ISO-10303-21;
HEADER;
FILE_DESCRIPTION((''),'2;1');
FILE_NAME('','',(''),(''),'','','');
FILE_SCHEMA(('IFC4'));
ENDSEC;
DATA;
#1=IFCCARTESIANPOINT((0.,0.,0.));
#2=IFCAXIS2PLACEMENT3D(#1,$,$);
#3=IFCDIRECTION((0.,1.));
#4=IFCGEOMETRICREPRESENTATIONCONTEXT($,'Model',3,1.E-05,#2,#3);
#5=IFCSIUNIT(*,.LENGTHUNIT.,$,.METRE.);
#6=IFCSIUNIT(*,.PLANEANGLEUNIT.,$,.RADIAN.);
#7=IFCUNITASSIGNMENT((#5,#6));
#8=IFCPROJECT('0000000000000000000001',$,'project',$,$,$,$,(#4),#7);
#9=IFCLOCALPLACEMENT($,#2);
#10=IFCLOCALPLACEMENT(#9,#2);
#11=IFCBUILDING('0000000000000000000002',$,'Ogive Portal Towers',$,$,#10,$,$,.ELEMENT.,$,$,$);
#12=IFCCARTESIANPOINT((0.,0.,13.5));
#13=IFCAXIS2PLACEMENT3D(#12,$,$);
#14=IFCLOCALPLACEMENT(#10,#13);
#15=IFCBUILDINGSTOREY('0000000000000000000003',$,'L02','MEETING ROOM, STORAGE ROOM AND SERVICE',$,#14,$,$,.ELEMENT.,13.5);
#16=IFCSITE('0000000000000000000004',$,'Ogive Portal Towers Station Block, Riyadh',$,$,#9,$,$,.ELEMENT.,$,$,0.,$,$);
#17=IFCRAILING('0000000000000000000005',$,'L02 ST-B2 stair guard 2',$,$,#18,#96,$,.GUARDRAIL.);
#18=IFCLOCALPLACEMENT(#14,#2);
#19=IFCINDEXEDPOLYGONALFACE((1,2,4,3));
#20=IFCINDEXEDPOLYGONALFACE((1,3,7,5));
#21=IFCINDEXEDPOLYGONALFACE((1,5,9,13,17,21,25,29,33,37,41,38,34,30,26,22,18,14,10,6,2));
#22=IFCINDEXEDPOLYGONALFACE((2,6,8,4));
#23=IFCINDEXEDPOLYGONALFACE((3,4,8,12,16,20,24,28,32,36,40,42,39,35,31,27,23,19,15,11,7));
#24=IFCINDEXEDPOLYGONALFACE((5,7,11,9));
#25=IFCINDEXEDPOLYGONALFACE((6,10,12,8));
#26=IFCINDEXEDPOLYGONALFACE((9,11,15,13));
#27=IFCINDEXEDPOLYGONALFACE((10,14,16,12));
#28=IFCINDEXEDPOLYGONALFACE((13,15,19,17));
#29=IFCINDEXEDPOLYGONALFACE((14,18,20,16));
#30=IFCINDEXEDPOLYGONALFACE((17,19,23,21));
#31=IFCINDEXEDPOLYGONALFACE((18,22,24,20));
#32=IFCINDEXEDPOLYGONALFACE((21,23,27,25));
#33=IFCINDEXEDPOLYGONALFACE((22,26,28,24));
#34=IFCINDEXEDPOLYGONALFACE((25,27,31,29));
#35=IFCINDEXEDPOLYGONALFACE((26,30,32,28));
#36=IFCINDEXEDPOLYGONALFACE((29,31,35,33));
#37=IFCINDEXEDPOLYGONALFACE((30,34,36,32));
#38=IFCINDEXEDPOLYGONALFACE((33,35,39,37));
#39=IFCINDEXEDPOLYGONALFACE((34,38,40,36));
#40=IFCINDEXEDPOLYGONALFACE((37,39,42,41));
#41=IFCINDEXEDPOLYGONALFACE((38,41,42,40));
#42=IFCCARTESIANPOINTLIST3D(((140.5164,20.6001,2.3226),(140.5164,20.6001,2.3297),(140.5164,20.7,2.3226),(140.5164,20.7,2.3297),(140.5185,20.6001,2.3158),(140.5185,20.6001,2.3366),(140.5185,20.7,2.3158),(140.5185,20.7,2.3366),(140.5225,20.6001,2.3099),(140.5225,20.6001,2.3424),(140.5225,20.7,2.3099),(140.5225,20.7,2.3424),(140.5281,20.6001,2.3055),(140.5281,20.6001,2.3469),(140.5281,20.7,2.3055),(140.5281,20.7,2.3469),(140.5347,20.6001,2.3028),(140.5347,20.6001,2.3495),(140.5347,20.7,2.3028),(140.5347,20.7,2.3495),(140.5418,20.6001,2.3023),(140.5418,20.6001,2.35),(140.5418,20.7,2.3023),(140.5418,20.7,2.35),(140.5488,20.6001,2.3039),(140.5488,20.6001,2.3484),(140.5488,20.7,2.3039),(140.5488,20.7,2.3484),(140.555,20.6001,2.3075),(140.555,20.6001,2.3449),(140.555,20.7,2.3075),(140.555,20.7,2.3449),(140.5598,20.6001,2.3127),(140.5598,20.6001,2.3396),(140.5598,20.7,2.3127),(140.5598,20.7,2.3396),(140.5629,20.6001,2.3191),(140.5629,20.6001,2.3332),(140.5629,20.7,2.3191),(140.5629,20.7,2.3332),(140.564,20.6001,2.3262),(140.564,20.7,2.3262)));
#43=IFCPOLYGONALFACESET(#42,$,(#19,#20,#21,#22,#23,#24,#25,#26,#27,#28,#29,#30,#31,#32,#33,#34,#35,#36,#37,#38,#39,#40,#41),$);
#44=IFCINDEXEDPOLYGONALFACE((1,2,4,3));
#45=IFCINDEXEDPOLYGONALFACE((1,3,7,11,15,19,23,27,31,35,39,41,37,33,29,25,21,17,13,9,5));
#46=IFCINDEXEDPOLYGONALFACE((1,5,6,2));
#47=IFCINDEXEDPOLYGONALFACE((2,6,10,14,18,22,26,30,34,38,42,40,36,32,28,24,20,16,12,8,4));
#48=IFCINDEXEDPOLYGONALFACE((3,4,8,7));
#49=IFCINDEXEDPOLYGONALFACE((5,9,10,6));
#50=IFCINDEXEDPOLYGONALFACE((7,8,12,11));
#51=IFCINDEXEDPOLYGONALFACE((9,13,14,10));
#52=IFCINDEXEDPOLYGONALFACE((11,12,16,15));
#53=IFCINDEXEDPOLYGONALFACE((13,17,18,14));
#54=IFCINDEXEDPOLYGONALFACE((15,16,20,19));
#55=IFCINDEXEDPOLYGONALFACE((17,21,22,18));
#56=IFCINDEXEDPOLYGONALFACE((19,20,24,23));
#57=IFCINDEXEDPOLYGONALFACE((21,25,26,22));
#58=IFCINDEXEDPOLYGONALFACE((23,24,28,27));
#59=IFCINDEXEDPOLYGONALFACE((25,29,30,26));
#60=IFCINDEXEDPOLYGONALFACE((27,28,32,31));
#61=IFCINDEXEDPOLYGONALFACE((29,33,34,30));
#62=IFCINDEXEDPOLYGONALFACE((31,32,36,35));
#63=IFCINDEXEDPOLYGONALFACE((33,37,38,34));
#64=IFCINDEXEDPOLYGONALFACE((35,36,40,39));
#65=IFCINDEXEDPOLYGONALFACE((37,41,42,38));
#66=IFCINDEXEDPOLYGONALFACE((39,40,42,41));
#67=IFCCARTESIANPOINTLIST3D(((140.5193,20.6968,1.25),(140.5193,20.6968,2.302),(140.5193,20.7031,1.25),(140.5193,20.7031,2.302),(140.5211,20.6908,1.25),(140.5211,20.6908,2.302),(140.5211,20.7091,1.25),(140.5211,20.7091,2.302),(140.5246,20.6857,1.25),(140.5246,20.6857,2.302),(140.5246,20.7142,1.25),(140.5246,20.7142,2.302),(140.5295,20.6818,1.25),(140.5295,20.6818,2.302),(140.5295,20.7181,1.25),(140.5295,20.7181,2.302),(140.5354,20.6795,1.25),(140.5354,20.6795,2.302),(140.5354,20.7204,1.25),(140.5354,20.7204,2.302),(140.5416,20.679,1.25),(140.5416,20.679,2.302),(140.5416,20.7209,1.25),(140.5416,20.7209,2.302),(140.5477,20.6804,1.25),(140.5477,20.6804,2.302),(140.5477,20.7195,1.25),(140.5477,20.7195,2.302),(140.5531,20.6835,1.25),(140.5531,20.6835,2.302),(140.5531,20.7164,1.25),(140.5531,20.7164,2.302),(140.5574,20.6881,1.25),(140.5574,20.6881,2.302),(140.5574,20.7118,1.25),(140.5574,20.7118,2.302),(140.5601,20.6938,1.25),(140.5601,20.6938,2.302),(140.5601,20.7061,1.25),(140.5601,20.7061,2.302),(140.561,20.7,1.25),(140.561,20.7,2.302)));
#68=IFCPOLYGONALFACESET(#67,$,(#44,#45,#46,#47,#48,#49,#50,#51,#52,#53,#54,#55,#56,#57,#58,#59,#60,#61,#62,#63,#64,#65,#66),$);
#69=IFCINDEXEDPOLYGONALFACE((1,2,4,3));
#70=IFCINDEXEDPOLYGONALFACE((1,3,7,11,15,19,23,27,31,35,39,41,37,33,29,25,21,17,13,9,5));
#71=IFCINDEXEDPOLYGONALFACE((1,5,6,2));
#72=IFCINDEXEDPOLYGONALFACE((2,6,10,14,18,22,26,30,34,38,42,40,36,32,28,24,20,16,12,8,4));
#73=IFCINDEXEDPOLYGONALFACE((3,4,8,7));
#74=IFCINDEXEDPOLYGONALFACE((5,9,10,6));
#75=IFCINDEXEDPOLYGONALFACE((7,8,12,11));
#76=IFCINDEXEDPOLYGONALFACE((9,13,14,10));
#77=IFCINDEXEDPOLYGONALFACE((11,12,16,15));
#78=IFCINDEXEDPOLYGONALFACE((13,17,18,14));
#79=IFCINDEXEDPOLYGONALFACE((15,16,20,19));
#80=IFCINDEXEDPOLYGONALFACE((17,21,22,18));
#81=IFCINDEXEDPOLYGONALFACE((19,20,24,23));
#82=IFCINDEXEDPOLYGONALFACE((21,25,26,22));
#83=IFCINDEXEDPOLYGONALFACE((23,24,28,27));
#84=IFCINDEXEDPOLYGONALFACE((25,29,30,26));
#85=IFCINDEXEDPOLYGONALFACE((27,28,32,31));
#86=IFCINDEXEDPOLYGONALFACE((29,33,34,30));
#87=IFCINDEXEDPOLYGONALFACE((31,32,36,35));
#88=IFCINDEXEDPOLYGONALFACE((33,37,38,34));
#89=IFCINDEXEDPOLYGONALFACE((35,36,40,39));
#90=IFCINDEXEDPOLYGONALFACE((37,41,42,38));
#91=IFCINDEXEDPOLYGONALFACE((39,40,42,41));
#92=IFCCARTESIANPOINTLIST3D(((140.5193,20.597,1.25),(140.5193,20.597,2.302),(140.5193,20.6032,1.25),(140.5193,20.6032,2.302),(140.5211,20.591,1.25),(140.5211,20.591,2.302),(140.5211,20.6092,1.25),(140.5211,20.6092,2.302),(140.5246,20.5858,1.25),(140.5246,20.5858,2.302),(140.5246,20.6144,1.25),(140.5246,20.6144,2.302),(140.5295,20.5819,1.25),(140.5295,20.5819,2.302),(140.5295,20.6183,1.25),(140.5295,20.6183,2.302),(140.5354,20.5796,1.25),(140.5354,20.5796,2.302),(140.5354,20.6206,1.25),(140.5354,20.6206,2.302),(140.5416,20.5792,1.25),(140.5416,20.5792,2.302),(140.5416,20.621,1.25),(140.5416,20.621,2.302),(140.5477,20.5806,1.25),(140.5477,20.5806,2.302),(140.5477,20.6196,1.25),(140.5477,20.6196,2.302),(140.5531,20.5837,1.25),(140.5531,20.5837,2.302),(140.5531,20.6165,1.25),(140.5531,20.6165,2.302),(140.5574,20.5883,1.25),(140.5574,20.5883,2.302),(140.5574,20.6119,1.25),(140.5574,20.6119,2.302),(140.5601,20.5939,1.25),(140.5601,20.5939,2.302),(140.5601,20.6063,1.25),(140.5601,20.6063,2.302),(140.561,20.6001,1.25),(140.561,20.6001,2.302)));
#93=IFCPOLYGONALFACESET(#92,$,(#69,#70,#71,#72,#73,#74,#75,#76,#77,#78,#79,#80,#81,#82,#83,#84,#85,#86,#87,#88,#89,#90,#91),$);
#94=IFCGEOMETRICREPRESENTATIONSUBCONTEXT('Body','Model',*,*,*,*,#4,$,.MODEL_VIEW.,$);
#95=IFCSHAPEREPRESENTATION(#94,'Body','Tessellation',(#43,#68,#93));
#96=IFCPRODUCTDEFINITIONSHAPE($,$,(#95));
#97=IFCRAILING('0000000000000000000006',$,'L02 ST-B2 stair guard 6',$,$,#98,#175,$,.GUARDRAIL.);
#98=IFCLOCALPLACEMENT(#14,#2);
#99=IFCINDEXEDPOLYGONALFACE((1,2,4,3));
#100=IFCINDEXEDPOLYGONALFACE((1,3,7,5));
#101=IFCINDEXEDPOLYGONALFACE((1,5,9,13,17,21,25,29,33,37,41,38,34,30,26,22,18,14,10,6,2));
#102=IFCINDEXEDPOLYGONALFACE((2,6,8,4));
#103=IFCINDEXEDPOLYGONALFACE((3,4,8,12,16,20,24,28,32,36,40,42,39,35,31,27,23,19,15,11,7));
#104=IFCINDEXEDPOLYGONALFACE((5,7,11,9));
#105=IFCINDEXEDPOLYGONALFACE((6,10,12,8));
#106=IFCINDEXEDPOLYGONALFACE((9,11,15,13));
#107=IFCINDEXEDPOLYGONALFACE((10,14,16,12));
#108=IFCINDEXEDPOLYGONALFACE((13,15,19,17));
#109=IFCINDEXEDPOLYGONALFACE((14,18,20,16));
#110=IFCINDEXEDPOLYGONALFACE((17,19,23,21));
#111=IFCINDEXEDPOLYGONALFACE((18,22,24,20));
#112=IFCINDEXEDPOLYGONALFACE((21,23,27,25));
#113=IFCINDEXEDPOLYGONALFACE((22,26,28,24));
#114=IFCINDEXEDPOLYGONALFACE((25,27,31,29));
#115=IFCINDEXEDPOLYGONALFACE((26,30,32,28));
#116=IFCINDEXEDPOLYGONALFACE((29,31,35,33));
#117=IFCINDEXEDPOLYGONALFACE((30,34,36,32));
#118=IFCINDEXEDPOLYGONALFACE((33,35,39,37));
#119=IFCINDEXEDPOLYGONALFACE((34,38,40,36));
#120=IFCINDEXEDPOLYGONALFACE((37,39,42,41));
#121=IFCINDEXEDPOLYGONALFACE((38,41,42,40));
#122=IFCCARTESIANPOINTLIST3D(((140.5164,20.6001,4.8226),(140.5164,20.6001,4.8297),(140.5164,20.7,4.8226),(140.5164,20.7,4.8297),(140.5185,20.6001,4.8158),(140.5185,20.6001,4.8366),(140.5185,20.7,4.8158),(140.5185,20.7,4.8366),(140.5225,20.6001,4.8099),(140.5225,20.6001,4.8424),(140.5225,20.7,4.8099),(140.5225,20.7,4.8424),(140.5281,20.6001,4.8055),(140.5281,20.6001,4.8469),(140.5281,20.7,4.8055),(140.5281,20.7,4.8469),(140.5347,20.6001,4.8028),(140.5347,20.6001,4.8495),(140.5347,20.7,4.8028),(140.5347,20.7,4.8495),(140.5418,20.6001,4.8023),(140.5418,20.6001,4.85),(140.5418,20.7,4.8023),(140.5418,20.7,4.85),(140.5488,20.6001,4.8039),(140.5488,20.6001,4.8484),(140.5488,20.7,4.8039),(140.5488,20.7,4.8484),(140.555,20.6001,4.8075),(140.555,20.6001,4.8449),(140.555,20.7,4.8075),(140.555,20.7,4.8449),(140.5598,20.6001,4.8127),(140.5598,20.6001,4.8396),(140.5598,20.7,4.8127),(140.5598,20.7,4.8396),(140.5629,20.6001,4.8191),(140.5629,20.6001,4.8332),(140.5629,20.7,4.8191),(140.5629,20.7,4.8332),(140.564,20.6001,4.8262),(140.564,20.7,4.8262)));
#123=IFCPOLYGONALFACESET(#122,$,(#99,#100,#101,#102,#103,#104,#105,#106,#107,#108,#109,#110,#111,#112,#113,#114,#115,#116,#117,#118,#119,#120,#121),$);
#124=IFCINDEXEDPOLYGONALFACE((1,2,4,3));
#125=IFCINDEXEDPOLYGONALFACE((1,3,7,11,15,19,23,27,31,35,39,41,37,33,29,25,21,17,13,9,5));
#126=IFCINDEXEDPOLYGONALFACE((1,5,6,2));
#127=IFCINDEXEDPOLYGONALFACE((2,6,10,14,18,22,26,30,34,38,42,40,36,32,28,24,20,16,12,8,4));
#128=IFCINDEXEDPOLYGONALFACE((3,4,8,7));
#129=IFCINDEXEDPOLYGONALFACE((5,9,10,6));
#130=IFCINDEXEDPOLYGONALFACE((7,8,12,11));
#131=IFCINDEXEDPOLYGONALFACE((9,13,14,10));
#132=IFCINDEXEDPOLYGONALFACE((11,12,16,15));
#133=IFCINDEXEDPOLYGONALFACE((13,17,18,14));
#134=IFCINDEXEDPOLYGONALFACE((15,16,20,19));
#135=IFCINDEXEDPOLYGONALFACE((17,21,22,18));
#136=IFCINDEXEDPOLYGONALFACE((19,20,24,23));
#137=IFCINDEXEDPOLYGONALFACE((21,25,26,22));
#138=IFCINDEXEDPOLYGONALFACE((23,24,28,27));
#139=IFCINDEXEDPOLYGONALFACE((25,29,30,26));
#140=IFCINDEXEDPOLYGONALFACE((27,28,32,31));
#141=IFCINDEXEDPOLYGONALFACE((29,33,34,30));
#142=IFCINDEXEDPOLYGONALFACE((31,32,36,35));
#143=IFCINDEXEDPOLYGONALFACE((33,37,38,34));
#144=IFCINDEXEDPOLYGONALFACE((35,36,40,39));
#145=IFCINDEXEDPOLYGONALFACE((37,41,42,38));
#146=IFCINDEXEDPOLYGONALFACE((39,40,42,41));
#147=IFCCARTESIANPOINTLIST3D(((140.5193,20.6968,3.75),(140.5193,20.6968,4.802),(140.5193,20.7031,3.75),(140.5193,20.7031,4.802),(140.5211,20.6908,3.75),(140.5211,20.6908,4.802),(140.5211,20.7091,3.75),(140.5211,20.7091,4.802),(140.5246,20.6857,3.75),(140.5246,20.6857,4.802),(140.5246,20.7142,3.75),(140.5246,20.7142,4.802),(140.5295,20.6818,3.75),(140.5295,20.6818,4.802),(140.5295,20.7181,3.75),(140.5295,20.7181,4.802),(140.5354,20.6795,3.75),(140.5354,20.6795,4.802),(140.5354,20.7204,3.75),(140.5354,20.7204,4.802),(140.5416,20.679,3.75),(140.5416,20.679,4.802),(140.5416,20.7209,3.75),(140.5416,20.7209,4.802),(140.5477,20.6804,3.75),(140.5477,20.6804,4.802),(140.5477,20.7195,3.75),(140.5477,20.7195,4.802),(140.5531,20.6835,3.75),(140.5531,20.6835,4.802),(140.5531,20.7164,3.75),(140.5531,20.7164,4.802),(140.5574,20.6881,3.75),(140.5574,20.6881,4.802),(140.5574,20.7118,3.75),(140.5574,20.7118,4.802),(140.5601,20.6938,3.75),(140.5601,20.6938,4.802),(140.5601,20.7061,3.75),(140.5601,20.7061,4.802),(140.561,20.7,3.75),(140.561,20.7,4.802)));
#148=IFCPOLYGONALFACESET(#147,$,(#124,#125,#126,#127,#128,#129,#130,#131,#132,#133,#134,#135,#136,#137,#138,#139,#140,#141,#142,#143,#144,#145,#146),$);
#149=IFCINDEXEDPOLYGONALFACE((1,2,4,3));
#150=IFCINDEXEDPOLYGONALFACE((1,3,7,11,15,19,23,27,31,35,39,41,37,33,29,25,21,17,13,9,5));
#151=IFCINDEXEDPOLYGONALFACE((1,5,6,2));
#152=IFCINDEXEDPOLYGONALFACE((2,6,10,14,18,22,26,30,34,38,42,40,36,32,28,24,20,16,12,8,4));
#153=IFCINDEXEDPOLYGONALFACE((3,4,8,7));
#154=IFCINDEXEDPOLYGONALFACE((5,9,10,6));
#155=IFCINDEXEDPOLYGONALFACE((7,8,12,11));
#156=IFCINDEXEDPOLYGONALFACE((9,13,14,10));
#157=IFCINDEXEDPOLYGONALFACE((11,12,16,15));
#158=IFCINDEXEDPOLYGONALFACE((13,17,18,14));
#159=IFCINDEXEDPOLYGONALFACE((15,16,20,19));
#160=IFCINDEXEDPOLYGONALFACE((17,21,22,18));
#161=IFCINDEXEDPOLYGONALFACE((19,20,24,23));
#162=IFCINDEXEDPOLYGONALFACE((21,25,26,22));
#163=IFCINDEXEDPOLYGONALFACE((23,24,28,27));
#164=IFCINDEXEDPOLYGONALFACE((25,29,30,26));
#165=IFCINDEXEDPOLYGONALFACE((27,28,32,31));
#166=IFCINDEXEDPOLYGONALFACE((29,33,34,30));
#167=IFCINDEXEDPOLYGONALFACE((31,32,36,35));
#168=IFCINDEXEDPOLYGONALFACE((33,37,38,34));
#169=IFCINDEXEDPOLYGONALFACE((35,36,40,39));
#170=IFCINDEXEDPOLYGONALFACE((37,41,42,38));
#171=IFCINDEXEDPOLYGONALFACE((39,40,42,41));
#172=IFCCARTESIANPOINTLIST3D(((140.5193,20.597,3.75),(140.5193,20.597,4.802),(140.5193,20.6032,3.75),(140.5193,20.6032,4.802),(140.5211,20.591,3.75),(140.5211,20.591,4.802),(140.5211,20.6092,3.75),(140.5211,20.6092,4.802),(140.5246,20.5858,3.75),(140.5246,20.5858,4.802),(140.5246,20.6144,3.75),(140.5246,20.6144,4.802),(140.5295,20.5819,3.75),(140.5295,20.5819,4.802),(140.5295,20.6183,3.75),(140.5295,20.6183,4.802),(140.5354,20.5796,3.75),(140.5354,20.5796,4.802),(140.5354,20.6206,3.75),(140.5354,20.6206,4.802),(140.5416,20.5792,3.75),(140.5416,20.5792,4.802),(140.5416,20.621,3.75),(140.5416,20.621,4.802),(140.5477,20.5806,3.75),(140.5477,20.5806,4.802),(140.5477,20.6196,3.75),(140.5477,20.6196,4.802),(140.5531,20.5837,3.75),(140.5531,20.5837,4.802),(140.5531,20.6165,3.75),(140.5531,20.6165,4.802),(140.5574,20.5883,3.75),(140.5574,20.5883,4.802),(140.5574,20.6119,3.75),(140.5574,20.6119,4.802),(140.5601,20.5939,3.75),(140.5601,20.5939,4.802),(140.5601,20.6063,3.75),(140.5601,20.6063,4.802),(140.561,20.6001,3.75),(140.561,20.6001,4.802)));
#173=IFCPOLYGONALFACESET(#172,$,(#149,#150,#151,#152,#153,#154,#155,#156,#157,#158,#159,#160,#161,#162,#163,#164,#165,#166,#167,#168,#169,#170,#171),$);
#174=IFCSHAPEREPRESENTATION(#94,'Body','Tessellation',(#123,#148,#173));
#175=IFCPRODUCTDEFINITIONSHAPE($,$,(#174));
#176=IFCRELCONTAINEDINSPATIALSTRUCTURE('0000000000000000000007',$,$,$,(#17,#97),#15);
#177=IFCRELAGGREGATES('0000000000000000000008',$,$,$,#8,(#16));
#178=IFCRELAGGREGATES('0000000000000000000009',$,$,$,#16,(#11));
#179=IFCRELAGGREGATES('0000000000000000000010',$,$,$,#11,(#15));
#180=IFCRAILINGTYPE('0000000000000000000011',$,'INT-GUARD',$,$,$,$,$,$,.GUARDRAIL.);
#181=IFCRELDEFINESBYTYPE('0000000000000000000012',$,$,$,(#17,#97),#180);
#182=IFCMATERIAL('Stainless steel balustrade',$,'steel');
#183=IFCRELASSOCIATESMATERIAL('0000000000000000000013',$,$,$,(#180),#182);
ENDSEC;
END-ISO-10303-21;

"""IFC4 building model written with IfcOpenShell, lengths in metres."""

from ifc_helpers import new_model, si_unit, direction, frame, origin, origin_2d, place, context, subcontext, project, spatial, circle, extrude, material, type_object, element, save


model = new_model("IFC4")

# Units and contexts
model_context = context("Model", 3, precision=1e-05, world=origin(), true_north=direction((0.0, 1.0)))
body_context = subcontext(model_context, "Body", "Model", "MODEL_VIEW")
ifc_project = project(units=[si_unit("LENGTHUNIT", "METRE"), si_unit("PLANEANGLEUNIT", "RADIAN")], contexts=[model_context])

# Site, building, storey
site_placement = place(None, origin())
site = spatial("IfcSite", under=ifc_project, at=site_placement, Name="Ogive Portal Towers Station Block, Riyadh", CompositionType="ELEMENT", RefElevation=0.0)
building_placement = place(site_placement, origin())
building = spatial("IfcBuilding", under=site, at=building_placement, Name="Ogive Portal Towers", CompositionType="ELEMENT")
storey_placement = place(building_placement, frame((0.0, 0.0, 13.5)))
storey = spatial("IfcBuildingStorey", under=building, at=storey_placement, Name="L02", Description="MEETING ROOM, STORAGE ROOM AND SERVICE", CompositionType="ELEMENT", Elevation=13.5)

# Railings
ifc_material_1 = material(Name="Stainless steel balustrade", Category="steel")
railing_type = type_object("IfcRailingType", Name="INT-GUARD", PredefinedType="GUARDRAIL", material=ifc_material_1)
for number, where, name in (
    (1, (140.54, 20.7, 1.25), "L02 ST-B2 stair guard 2"),
    (2, (140.54, 20.7, 3.75), "L02 ST-B2 stair guard 6"),
):
    element("IfcRailing", number, at=place(storey_placement, frame(where)), inside=storey, type_object=railing_type, Name=name, PredefinedType="GUARDRAIL", context=body_context, shape_type="SweptSolid", body=[
        extrude(circle(Radius=0.0239, at=origin_2d()), frame((0.0, 0.0, 1.0762), z_axis=(0.0, -1.0, 0.0), x_axis=(1.0, 0.0, 0.0)), (0.0, 0.0, 1.0), 0.0999),
        extrude(circle(Radius=0.021, at=origin_2d()), origin(), (0.0, 0.0, 1.0), 1.052),
        extrude(circle(Radius=0.021, at=origin_2d()), frame((0.0, -0.0999, 0.0)), (0.0, 0.0, 1.0), 1.052),
    ])

save(model, "model.ifc")
